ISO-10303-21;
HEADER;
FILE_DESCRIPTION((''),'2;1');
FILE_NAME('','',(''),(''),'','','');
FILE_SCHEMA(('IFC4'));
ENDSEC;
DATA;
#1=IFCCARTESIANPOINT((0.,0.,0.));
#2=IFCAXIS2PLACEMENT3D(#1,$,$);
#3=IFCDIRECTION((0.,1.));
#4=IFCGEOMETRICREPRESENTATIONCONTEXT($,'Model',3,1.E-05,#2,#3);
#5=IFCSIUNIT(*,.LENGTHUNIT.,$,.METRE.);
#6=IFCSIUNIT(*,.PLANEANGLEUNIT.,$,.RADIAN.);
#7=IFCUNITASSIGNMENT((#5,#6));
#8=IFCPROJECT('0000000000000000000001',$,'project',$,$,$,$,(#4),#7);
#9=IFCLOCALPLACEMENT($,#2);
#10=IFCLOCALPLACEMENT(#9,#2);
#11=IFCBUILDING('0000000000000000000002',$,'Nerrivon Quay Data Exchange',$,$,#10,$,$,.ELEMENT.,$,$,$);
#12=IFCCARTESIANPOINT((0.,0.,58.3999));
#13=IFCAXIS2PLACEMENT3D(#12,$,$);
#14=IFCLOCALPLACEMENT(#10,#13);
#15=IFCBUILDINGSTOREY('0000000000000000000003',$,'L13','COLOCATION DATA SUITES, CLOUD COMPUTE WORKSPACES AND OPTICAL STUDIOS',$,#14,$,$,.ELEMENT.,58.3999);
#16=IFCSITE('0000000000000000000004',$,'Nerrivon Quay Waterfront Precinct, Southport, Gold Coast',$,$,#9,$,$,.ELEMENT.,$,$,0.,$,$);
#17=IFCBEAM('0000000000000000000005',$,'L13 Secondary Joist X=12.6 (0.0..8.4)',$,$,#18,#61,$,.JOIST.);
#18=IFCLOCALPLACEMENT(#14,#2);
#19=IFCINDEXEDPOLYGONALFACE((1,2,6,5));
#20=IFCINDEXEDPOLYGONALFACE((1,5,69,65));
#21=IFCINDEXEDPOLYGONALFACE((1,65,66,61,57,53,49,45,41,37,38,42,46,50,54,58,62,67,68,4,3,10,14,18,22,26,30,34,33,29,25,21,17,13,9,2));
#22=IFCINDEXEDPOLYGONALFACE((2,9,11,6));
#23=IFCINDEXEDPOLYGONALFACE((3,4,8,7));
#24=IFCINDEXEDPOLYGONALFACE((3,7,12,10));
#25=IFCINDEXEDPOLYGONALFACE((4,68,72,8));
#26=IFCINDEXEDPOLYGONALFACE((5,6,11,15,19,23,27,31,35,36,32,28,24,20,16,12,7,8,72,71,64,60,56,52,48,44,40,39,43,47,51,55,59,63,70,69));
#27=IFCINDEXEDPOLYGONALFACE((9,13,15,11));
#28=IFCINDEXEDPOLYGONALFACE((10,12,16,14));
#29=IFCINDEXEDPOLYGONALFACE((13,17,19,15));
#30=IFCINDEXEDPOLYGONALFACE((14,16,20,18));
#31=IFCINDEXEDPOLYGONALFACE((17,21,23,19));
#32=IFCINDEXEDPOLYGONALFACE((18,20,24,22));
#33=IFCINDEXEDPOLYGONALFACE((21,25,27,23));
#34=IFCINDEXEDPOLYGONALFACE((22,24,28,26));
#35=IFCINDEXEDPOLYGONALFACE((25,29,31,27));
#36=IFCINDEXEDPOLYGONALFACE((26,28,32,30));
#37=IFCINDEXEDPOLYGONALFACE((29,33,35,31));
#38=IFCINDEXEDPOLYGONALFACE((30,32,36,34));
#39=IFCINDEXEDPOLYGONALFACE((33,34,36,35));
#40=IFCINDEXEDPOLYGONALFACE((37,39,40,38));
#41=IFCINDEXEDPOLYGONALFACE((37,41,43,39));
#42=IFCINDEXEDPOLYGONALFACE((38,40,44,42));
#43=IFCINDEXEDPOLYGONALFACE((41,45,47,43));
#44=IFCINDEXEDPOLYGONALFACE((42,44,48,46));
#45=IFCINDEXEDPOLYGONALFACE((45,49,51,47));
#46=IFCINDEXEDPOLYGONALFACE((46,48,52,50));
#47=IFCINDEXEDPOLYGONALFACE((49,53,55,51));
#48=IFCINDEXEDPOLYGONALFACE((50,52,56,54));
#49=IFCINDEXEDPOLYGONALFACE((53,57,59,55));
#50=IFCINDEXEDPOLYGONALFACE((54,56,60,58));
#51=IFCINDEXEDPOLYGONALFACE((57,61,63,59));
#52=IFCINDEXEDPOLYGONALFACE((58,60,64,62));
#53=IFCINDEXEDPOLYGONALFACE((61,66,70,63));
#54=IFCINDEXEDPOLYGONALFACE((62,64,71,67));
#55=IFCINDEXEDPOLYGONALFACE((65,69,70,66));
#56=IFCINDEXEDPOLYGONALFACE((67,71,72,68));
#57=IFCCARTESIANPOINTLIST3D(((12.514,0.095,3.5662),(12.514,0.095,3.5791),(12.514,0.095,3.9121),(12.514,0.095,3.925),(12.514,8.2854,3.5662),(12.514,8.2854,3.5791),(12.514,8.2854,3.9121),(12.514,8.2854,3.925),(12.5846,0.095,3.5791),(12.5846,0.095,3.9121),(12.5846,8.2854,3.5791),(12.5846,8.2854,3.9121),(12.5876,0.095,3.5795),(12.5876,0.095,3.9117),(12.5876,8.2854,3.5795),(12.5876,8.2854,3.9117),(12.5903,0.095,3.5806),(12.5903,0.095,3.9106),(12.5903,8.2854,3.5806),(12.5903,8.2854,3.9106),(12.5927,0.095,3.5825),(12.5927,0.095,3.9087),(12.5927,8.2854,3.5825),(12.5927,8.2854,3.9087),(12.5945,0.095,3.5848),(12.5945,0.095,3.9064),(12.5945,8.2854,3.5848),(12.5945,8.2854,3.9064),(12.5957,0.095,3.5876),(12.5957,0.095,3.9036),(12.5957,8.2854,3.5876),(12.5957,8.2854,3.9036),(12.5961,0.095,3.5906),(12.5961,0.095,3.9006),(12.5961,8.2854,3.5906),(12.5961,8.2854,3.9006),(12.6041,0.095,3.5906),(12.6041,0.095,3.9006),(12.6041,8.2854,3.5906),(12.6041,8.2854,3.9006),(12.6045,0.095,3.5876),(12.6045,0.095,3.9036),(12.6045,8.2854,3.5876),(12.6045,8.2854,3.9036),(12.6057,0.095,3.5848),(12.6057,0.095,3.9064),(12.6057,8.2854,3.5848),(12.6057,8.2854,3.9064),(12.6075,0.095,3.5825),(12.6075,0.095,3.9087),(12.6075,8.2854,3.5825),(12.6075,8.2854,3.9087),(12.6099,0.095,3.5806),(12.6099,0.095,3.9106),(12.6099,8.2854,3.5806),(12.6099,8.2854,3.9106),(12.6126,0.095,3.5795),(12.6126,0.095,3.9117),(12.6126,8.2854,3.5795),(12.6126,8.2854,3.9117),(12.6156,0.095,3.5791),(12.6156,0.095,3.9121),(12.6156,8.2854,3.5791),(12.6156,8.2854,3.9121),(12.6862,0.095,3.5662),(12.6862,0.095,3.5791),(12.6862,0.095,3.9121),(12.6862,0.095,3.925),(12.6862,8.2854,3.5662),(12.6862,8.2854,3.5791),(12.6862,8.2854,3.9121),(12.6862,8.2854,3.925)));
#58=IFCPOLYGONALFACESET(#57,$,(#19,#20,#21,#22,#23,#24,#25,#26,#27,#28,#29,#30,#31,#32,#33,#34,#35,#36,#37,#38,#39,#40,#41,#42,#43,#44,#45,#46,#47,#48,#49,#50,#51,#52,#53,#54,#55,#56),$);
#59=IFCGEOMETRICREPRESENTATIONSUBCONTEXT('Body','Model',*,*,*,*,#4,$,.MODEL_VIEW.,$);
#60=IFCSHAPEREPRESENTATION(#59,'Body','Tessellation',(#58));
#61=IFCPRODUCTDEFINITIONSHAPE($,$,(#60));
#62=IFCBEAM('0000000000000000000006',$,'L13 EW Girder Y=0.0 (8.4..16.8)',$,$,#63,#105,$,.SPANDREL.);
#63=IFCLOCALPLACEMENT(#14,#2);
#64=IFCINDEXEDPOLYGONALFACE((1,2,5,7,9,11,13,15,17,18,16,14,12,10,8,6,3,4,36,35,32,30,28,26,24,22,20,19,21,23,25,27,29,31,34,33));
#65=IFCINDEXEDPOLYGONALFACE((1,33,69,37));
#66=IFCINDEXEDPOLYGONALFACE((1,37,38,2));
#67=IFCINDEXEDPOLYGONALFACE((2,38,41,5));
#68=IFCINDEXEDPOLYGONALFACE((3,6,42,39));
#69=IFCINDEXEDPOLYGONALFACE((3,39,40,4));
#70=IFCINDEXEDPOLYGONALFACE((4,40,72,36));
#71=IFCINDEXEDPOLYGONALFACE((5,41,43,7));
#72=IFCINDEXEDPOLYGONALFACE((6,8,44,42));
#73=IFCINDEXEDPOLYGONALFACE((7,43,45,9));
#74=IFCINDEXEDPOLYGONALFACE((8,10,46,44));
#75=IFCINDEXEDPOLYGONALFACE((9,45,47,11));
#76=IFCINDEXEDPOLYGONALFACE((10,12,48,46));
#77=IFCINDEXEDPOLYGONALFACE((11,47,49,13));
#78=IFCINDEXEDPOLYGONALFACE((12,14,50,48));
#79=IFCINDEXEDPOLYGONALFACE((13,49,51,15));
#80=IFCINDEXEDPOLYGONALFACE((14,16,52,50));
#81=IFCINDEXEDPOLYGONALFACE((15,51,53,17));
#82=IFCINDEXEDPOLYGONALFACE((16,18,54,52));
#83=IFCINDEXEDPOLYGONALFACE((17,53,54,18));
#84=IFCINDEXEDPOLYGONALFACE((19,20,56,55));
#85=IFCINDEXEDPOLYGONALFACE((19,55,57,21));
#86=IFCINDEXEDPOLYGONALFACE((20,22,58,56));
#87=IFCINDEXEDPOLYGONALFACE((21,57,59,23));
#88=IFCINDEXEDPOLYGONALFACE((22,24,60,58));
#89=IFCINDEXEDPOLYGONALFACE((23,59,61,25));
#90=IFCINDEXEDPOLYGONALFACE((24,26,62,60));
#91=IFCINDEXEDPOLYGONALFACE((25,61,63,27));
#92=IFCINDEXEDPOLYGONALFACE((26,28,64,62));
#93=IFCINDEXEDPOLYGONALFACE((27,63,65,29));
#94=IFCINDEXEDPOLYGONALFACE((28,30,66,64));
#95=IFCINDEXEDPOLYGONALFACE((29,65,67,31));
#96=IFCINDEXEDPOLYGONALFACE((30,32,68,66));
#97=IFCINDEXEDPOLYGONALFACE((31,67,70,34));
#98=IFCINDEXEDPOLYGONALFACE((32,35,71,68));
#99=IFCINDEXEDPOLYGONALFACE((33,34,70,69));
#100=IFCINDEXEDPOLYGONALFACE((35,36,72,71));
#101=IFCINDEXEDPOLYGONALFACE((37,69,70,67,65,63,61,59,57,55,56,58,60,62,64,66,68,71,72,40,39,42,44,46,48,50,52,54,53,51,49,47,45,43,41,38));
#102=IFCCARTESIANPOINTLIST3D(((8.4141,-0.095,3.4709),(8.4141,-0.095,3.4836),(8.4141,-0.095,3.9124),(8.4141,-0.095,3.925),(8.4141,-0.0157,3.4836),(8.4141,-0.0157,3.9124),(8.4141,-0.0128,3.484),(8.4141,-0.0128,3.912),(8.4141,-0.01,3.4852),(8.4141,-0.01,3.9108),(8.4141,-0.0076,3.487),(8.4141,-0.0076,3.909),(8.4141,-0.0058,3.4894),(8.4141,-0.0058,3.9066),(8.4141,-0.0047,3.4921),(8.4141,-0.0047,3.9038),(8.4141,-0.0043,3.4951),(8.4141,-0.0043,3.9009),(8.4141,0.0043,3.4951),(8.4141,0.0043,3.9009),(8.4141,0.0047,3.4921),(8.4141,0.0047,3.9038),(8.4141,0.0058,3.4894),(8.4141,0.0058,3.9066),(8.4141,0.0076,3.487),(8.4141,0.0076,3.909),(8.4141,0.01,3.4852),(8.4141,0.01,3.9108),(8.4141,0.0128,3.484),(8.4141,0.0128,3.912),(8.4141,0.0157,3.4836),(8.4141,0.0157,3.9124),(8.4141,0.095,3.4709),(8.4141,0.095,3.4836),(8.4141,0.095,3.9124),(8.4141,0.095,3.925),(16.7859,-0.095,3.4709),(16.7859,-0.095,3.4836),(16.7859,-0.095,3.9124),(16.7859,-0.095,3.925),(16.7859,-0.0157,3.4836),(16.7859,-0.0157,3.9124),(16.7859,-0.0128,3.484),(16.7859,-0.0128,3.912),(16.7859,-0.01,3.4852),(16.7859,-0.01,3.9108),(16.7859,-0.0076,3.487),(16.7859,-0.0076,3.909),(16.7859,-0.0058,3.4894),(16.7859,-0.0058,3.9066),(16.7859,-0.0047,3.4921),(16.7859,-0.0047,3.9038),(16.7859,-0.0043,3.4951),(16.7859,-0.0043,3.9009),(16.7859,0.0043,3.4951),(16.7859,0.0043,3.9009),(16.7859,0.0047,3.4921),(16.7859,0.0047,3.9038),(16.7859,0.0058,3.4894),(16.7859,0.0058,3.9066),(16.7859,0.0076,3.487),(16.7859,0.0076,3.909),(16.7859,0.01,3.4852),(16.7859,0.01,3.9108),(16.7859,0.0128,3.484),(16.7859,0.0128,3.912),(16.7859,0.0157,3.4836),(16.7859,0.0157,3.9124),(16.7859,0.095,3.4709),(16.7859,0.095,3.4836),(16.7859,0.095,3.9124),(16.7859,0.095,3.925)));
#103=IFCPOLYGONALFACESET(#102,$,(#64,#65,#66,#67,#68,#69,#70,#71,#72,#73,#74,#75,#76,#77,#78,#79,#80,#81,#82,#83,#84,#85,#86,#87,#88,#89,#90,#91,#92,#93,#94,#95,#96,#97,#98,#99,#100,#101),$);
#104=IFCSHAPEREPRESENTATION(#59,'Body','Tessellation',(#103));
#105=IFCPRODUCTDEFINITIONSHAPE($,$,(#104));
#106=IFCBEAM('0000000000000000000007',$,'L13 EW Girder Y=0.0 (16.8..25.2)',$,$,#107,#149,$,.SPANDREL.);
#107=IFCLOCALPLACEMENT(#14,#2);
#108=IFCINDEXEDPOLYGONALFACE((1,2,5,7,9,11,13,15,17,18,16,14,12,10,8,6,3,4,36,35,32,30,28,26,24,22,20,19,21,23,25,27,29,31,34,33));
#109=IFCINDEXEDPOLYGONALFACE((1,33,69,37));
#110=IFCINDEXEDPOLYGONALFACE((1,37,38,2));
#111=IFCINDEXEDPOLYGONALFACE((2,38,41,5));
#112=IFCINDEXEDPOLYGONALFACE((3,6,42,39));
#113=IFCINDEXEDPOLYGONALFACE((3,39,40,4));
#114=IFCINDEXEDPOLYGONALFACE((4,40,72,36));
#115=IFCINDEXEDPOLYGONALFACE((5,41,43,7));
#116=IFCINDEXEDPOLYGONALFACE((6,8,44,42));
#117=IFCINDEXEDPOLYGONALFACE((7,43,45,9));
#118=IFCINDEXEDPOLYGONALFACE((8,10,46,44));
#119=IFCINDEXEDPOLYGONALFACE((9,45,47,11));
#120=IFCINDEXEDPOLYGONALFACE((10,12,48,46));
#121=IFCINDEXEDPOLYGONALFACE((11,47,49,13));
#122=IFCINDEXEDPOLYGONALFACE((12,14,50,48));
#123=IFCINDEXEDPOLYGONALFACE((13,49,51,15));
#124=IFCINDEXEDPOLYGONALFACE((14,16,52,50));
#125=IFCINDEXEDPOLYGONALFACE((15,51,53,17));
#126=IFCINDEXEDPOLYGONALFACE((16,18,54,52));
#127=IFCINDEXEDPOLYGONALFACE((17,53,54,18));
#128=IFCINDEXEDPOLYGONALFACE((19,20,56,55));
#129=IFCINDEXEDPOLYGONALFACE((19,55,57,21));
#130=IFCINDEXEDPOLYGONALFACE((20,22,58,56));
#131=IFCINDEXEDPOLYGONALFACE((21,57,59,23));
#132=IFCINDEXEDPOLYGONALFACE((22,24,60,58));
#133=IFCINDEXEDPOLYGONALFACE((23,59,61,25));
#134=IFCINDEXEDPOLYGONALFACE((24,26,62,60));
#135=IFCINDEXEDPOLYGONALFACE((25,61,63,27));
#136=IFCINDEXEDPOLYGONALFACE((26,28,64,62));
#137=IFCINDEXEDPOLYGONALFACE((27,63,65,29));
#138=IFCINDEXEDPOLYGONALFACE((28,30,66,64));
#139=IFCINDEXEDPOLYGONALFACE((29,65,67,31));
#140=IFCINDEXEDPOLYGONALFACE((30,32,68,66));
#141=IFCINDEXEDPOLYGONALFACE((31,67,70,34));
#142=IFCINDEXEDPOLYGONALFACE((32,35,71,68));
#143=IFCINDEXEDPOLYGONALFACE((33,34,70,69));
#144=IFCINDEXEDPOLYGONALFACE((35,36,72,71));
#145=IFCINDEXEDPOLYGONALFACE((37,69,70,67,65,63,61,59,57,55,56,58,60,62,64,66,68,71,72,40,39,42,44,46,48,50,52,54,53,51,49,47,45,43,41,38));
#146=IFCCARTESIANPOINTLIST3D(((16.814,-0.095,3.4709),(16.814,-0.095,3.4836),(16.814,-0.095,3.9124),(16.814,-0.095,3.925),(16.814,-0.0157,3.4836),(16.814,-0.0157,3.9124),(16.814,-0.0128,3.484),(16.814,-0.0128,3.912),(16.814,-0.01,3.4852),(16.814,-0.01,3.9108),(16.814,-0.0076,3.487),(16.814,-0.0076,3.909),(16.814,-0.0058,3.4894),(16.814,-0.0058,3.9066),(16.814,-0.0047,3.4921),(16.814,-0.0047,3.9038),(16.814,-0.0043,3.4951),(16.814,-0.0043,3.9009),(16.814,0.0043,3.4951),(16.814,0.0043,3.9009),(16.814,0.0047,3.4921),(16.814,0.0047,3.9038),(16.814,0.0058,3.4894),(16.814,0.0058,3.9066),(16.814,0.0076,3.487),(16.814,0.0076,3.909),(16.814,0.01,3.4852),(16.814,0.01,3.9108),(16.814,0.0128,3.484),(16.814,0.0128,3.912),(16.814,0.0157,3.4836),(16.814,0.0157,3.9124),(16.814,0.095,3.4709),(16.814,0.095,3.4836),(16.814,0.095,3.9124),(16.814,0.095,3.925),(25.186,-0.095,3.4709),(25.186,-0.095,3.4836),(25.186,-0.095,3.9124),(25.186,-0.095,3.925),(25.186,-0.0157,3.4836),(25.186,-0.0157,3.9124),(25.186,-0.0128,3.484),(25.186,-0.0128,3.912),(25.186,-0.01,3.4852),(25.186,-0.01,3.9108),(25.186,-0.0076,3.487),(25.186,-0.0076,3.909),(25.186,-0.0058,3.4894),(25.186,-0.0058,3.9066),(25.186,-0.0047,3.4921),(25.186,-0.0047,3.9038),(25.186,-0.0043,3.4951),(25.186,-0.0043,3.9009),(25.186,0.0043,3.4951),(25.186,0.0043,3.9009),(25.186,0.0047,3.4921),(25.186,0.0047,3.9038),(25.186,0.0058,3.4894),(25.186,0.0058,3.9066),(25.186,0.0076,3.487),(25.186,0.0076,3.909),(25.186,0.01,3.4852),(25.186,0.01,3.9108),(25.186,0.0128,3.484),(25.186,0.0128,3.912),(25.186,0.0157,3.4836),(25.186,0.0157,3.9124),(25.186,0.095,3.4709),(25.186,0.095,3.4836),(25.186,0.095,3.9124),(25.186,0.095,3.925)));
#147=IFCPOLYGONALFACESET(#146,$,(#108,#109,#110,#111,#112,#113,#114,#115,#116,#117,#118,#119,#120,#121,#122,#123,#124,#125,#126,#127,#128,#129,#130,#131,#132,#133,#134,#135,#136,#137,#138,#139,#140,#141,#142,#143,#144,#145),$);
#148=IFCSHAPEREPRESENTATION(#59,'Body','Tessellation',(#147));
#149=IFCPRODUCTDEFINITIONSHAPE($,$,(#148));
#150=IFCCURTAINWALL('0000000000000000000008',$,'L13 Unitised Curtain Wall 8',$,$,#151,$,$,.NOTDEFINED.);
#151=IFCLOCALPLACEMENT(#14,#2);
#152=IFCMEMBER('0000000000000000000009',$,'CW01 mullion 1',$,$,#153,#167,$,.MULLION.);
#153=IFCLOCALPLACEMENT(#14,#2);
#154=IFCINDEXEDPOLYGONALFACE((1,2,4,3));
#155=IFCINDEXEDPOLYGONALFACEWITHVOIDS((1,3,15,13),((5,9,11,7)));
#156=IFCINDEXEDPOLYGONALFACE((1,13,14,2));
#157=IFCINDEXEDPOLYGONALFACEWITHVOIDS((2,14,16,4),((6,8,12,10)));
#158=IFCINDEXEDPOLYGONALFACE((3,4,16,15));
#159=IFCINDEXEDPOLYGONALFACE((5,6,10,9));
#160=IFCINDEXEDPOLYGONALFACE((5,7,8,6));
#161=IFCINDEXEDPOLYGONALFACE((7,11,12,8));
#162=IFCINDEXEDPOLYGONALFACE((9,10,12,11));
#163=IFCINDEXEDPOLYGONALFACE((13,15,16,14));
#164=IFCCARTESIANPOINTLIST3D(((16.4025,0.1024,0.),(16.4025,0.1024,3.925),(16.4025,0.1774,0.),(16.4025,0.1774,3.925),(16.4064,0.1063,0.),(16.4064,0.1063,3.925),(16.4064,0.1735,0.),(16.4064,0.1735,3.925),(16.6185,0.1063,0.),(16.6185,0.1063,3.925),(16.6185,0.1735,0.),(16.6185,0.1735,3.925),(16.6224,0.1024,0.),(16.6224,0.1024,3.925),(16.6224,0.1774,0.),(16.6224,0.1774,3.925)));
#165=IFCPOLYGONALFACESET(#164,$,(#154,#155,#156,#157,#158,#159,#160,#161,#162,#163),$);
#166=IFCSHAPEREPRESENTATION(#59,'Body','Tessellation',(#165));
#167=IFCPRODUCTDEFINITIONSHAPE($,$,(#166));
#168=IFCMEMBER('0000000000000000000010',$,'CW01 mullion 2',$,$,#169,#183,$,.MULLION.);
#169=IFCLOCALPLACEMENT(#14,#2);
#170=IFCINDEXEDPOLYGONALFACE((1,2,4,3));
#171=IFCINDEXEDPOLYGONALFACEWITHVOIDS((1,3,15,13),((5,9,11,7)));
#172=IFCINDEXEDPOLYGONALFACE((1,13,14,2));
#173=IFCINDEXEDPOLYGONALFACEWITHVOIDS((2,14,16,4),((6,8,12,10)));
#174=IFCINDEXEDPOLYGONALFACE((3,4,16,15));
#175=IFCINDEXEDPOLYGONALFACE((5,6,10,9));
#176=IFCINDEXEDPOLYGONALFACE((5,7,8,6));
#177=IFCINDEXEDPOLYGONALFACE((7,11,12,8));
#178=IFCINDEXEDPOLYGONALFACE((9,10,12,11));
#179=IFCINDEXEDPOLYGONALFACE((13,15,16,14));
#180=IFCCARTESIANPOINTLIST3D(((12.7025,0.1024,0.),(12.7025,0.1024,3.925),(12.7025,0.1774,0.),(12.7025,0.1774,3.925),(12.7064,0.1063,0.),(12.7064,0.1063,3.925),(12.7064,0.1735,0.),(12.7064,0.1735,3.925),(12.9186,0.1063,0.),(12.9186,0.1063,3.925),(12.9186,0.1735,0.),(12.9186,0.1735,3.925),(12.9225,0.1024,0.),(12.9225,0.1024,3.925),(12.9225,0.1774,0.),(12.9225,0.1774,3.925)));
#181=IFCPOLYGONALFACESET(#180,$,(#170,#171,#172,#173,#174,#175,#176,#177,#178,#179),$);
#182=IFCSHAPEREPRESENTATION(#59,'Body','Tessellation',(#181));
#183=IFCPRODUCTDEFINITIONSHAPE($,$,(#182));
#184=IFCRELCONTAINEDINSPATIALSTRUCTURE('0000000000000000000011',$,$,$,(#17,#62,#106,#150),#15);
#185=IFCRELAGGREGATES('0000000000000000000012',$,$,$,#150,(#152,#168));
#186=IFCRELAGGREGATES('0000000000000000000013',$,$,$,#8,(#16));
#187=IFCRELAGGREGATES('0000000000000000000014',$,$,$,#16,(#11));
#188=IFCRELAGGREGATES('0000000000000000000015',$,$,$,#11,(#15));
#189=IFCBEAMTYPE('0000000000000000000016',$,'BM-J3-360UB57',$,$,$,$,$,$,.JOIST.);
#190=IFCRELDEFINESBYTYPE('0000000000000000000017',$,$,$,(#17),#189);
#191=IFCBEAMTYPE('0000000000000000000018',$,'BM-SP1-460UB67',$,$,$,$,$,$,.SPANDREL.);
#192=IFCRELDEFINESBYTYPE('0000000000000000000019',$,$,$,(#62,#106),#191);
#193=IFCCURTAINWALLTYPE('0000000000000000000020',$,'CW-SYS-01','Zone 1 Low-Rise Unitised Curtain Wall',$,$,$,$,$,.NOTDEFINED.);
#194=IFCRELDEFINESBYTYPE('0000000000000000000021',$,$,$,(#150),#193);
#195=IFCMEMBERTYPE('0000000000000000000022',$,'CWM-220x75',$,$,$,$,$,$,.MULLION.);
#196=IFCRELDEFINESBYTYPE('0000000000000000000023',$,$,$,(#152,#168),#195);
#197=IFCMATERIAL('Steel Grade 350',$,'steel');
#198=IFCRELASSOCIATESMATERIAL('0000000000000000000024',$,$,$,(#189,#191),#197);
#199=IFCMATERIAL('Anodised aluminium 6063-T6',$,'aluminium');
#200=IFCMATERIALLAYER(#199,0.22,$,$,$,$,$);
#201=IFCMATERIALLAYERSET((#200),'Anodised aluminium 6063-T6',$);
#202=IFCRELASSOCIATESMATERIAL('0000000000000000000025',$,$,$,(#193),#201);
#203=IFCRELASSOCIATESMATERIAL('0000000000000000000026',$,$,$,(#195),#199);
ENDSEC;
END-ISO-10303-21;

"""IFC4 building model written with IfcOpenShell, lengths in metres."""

from ifc_helpers import new_model, si_unit, direction, frame, origin, origin_2d, place, context, subcontext, project, spatial, hollow_rectangle, i_section, extrude, material, layer, layer_set, material_profile, profile_set, type_object, element, aggregate, save


model = new_model("IFC4")

# Units and contexts
model_context = context("Model", 3, precision=1e-05, world=origin(), true_north=direction((0.0, 1.0)))
body_context = subcontext(model_context, "Body", "Model", "MODEL_VIEW")
ifc_project = project(units=[si_unit("LENGTHUNIT", "METRE"), si_unit("PLANEANGLEUNIT", "RADIAN")], contexts=[model_context])

# Site, building, storey
site_placement = place(None, origin())
site = spatial("IfcSite", under=ifc_project, at=site_placement, Name="Nerrivon Quay Waterfront Precinct, Southport, Gold Coast", CompositionType="ELEMENT", RefElevation=0.0)
building_placement = place(site_placement, origin())
building = spatial("IfcBuilding", under=site, at=building_placement, Name="Nerrivon Quay Data Exchange", CompositionType="ELEMENT")
storey_placement = place(building_placement, frame((0.0, 0.0, 58.3999)))
storey = spatial("IfcBuildingStorey", under=building, at=storey_placement, Name="L13", Description="COLOCATION DATA SUITES, CLOUD COMPUTE WORKSPACES AND OPTICAL STUDIOS", CompositionType="ELEMENT", Elevation=58.3999)

# Shared definitions
ifc_material_1 = material(Name="Steel Grade 350", Category="steel")

# Beams
ifc_material_profile_1 = material_profile(ifc_material_1, i_section(OverallWidth=0.1721, OverallDepth=0.3589, WebThickness=0.0081, FlangeThickness=0.0129, FilletRadius=0.0115, at=origin_2d()), Name="360UB56.7")
ifc_profile_set_1 = profile_set([ifc_material_profile_1], Name="Steel Grade 350")
beam_type_1 = type_object("IfcBeamType", Name="BM-J3-360UB57", PredefinedType="JOIST", material=ifc_profile_set_1)
beam_1_placement = place(storey_placement, frame((12.6001, 0.095, 3.7456), z_axis=(0.0, 1.0, 0.0), x_axis=(-1.0, 0.0, 0.0)))
element("IfcBeam", 1, at=beam_1_placement, inside=storey, type_object=beam_type_1, Name="L13 Secondary Joist X=12.6 (0.0..8.4)", PredefinedType="JOIST", context=body_context, shape_type="SweptSolid", body=[
    extrude(i_section(OverallWidth=0.1721, OverallDepth=0.3589, WebThickness=0.0081, FlangeThickness=0.0129, FilletRadius=0.0115, at=origin_2d()), origin(), (0.0, 0.0, 1.0), 8.1904),
])
ifc_material_profile_2 = material_profile(ifc_material_1, i_section(OverallWidth=0.1899, OverallDepth=0.4541, WebThickness=0.0085, FlangeThickness=0.0127, FilletRadius=0.0115, at=origin_2d()), Name="460UB67.1")
ifc_profile_set_2 = profile_set([ifc_material_profile_2], Name="Steel Grade 350")
beam_type_2 = type_object("IfcBeamType", Name="BM-SP1-460UB67", PredefinedType="SPANDREL", material=ifc_profile_set_2)
beam_2_placement = place(storey_placement, frame((8.4141, 0.0, 3.698), z_axis=(1.0, 0.0, 0.0), x_axis=(0.0, 1.0, 0.0)))
element("IfcBeam", 2, at=beam_2_placement, inside=storey, type_object=beam_type_2, Name="L13 EW Girder Y=0.0 (8.4..16.8)", PredefinedType="SPANDREL", context=body_context, shape_type="SweptSolid", body=[
    extrude(i_section(OverallWidth=0.1899, OverallDepth=0.4541, WebThickness=0.0085, FlangeThickness=0.0127, FilletRadius=0.0115, at=origin_2d()), origin(), (0.0, 0.0, 1.0), 8.3718),
])
beam_3_placement = place(storey_placement, frame((16.814, 0.0, 3.698), z_axis=(1.0, 0.0, 0.0), x_axis=(0.0, 1.0, 0.0)))
element("IfcBeam", 3, at=beam_3_placement, inside=storey, type_object=beam_type_2, Name="L13 EW Girder Y=0.0 (16.8..25.2)", PredefinedType="SPANDREL", context=body_context, shape_type="SweptSolid", body=[
    extrude(i_section(OverallWidth=0.1899, OverallDepth=0.4541, WebThickness=0.0085, FlangeThickness=0.0127, FilletRadius=0.0115, at=origin_2d()), origin(), (0.0, 0.0, 1.0), 8.3721),
])

# Curtain wall, members
ifc_material_2 = material(Name="Anodised aluminium 6063-T6", Category="aluminium")
ifc_layer_1 = layer(ifc_material_2, 0.22)
ifc_layer_set_1 = layer_set([ifc_layer_1], Name="Anodised aluminium 6063-T6")
curtain_wall_type = type_object("IfcCurtainWallType", Name="CW-SYS-01", Description="Zone 1 Low-Rise Unitised Curtain Wall", PredefinedType="NOTDEFINED", material=ifc_layer_set_1)
curtain_wall_1_placement = place(storey_placement, origin())
curtain_wall_1 = element("IfcCurtainWall", 4, at=curtain_wall_1_placement, inside=storey, type_object=curtain_wall_type, Name="L13 Unitised Curtain Wall 8", PredefinedType="NOTDEFINED")
ifc_material_profile_3 = material_profile(ifc_material_2, hollow_rectangle(XDim=0.075, YDim=0.22, WallThickness=0.0039, at=origin_2d()), Name="ALU-MULL-220x75")
ifc_profile_set_3 = profile_set([ifc_material_profile_3], Name="Anodised aluminium 6063-T6")
member_type_1 = type_object("IfcMemberType", Name="CWM-220x75", PredefinedType="MULLION", material=ifc_profile_set_3)
member_1_placement = place(storey_placement, frame((16.5125, 0.1399, 0.0), z_axis=(0.0, 0.0, 1.0), x_axis=(0.0, -1.0, 0.0)))
member_1 = element("IfcMember", 5, at=member_1_placement, type_object=member_type_1, Name="CW01 mullion 1", PredefinedType="MULLION", context=body_context, shape_type="SweptSolid", body=[
    extrude(hollow_rectangle(XDim=0.075, YDim=0.22, WallThickness=0.0039, at=origin_2d()), origin(), (0.0, 0.0, 1.0), 3.925),
])
member_2_placement = place(storey_placement, frame((12.8125, 0.1399, 0.0), z_axis=(0.0, 0.0, 1.0), x_axis=(0.0, -1.0, 0.0)))
member_2 = element("IfcMember", 6, at=member_2_placement, type_object=member_type_1, Name="CW01 mullion 2", PredefinedType="MULLION", context=body_context, shape_type="SweptSolid", body=[
    extrude(hollow_rectangle(XDim=0.075, YDim=0.22, WallThickness=0.0039, at=origin_2d()), origin(), (0.0, 0.0, 1.0), 3.925),
])

aggregate(curtain_wall_1, [member_1, member_2])

save(model, "model.ifc")
